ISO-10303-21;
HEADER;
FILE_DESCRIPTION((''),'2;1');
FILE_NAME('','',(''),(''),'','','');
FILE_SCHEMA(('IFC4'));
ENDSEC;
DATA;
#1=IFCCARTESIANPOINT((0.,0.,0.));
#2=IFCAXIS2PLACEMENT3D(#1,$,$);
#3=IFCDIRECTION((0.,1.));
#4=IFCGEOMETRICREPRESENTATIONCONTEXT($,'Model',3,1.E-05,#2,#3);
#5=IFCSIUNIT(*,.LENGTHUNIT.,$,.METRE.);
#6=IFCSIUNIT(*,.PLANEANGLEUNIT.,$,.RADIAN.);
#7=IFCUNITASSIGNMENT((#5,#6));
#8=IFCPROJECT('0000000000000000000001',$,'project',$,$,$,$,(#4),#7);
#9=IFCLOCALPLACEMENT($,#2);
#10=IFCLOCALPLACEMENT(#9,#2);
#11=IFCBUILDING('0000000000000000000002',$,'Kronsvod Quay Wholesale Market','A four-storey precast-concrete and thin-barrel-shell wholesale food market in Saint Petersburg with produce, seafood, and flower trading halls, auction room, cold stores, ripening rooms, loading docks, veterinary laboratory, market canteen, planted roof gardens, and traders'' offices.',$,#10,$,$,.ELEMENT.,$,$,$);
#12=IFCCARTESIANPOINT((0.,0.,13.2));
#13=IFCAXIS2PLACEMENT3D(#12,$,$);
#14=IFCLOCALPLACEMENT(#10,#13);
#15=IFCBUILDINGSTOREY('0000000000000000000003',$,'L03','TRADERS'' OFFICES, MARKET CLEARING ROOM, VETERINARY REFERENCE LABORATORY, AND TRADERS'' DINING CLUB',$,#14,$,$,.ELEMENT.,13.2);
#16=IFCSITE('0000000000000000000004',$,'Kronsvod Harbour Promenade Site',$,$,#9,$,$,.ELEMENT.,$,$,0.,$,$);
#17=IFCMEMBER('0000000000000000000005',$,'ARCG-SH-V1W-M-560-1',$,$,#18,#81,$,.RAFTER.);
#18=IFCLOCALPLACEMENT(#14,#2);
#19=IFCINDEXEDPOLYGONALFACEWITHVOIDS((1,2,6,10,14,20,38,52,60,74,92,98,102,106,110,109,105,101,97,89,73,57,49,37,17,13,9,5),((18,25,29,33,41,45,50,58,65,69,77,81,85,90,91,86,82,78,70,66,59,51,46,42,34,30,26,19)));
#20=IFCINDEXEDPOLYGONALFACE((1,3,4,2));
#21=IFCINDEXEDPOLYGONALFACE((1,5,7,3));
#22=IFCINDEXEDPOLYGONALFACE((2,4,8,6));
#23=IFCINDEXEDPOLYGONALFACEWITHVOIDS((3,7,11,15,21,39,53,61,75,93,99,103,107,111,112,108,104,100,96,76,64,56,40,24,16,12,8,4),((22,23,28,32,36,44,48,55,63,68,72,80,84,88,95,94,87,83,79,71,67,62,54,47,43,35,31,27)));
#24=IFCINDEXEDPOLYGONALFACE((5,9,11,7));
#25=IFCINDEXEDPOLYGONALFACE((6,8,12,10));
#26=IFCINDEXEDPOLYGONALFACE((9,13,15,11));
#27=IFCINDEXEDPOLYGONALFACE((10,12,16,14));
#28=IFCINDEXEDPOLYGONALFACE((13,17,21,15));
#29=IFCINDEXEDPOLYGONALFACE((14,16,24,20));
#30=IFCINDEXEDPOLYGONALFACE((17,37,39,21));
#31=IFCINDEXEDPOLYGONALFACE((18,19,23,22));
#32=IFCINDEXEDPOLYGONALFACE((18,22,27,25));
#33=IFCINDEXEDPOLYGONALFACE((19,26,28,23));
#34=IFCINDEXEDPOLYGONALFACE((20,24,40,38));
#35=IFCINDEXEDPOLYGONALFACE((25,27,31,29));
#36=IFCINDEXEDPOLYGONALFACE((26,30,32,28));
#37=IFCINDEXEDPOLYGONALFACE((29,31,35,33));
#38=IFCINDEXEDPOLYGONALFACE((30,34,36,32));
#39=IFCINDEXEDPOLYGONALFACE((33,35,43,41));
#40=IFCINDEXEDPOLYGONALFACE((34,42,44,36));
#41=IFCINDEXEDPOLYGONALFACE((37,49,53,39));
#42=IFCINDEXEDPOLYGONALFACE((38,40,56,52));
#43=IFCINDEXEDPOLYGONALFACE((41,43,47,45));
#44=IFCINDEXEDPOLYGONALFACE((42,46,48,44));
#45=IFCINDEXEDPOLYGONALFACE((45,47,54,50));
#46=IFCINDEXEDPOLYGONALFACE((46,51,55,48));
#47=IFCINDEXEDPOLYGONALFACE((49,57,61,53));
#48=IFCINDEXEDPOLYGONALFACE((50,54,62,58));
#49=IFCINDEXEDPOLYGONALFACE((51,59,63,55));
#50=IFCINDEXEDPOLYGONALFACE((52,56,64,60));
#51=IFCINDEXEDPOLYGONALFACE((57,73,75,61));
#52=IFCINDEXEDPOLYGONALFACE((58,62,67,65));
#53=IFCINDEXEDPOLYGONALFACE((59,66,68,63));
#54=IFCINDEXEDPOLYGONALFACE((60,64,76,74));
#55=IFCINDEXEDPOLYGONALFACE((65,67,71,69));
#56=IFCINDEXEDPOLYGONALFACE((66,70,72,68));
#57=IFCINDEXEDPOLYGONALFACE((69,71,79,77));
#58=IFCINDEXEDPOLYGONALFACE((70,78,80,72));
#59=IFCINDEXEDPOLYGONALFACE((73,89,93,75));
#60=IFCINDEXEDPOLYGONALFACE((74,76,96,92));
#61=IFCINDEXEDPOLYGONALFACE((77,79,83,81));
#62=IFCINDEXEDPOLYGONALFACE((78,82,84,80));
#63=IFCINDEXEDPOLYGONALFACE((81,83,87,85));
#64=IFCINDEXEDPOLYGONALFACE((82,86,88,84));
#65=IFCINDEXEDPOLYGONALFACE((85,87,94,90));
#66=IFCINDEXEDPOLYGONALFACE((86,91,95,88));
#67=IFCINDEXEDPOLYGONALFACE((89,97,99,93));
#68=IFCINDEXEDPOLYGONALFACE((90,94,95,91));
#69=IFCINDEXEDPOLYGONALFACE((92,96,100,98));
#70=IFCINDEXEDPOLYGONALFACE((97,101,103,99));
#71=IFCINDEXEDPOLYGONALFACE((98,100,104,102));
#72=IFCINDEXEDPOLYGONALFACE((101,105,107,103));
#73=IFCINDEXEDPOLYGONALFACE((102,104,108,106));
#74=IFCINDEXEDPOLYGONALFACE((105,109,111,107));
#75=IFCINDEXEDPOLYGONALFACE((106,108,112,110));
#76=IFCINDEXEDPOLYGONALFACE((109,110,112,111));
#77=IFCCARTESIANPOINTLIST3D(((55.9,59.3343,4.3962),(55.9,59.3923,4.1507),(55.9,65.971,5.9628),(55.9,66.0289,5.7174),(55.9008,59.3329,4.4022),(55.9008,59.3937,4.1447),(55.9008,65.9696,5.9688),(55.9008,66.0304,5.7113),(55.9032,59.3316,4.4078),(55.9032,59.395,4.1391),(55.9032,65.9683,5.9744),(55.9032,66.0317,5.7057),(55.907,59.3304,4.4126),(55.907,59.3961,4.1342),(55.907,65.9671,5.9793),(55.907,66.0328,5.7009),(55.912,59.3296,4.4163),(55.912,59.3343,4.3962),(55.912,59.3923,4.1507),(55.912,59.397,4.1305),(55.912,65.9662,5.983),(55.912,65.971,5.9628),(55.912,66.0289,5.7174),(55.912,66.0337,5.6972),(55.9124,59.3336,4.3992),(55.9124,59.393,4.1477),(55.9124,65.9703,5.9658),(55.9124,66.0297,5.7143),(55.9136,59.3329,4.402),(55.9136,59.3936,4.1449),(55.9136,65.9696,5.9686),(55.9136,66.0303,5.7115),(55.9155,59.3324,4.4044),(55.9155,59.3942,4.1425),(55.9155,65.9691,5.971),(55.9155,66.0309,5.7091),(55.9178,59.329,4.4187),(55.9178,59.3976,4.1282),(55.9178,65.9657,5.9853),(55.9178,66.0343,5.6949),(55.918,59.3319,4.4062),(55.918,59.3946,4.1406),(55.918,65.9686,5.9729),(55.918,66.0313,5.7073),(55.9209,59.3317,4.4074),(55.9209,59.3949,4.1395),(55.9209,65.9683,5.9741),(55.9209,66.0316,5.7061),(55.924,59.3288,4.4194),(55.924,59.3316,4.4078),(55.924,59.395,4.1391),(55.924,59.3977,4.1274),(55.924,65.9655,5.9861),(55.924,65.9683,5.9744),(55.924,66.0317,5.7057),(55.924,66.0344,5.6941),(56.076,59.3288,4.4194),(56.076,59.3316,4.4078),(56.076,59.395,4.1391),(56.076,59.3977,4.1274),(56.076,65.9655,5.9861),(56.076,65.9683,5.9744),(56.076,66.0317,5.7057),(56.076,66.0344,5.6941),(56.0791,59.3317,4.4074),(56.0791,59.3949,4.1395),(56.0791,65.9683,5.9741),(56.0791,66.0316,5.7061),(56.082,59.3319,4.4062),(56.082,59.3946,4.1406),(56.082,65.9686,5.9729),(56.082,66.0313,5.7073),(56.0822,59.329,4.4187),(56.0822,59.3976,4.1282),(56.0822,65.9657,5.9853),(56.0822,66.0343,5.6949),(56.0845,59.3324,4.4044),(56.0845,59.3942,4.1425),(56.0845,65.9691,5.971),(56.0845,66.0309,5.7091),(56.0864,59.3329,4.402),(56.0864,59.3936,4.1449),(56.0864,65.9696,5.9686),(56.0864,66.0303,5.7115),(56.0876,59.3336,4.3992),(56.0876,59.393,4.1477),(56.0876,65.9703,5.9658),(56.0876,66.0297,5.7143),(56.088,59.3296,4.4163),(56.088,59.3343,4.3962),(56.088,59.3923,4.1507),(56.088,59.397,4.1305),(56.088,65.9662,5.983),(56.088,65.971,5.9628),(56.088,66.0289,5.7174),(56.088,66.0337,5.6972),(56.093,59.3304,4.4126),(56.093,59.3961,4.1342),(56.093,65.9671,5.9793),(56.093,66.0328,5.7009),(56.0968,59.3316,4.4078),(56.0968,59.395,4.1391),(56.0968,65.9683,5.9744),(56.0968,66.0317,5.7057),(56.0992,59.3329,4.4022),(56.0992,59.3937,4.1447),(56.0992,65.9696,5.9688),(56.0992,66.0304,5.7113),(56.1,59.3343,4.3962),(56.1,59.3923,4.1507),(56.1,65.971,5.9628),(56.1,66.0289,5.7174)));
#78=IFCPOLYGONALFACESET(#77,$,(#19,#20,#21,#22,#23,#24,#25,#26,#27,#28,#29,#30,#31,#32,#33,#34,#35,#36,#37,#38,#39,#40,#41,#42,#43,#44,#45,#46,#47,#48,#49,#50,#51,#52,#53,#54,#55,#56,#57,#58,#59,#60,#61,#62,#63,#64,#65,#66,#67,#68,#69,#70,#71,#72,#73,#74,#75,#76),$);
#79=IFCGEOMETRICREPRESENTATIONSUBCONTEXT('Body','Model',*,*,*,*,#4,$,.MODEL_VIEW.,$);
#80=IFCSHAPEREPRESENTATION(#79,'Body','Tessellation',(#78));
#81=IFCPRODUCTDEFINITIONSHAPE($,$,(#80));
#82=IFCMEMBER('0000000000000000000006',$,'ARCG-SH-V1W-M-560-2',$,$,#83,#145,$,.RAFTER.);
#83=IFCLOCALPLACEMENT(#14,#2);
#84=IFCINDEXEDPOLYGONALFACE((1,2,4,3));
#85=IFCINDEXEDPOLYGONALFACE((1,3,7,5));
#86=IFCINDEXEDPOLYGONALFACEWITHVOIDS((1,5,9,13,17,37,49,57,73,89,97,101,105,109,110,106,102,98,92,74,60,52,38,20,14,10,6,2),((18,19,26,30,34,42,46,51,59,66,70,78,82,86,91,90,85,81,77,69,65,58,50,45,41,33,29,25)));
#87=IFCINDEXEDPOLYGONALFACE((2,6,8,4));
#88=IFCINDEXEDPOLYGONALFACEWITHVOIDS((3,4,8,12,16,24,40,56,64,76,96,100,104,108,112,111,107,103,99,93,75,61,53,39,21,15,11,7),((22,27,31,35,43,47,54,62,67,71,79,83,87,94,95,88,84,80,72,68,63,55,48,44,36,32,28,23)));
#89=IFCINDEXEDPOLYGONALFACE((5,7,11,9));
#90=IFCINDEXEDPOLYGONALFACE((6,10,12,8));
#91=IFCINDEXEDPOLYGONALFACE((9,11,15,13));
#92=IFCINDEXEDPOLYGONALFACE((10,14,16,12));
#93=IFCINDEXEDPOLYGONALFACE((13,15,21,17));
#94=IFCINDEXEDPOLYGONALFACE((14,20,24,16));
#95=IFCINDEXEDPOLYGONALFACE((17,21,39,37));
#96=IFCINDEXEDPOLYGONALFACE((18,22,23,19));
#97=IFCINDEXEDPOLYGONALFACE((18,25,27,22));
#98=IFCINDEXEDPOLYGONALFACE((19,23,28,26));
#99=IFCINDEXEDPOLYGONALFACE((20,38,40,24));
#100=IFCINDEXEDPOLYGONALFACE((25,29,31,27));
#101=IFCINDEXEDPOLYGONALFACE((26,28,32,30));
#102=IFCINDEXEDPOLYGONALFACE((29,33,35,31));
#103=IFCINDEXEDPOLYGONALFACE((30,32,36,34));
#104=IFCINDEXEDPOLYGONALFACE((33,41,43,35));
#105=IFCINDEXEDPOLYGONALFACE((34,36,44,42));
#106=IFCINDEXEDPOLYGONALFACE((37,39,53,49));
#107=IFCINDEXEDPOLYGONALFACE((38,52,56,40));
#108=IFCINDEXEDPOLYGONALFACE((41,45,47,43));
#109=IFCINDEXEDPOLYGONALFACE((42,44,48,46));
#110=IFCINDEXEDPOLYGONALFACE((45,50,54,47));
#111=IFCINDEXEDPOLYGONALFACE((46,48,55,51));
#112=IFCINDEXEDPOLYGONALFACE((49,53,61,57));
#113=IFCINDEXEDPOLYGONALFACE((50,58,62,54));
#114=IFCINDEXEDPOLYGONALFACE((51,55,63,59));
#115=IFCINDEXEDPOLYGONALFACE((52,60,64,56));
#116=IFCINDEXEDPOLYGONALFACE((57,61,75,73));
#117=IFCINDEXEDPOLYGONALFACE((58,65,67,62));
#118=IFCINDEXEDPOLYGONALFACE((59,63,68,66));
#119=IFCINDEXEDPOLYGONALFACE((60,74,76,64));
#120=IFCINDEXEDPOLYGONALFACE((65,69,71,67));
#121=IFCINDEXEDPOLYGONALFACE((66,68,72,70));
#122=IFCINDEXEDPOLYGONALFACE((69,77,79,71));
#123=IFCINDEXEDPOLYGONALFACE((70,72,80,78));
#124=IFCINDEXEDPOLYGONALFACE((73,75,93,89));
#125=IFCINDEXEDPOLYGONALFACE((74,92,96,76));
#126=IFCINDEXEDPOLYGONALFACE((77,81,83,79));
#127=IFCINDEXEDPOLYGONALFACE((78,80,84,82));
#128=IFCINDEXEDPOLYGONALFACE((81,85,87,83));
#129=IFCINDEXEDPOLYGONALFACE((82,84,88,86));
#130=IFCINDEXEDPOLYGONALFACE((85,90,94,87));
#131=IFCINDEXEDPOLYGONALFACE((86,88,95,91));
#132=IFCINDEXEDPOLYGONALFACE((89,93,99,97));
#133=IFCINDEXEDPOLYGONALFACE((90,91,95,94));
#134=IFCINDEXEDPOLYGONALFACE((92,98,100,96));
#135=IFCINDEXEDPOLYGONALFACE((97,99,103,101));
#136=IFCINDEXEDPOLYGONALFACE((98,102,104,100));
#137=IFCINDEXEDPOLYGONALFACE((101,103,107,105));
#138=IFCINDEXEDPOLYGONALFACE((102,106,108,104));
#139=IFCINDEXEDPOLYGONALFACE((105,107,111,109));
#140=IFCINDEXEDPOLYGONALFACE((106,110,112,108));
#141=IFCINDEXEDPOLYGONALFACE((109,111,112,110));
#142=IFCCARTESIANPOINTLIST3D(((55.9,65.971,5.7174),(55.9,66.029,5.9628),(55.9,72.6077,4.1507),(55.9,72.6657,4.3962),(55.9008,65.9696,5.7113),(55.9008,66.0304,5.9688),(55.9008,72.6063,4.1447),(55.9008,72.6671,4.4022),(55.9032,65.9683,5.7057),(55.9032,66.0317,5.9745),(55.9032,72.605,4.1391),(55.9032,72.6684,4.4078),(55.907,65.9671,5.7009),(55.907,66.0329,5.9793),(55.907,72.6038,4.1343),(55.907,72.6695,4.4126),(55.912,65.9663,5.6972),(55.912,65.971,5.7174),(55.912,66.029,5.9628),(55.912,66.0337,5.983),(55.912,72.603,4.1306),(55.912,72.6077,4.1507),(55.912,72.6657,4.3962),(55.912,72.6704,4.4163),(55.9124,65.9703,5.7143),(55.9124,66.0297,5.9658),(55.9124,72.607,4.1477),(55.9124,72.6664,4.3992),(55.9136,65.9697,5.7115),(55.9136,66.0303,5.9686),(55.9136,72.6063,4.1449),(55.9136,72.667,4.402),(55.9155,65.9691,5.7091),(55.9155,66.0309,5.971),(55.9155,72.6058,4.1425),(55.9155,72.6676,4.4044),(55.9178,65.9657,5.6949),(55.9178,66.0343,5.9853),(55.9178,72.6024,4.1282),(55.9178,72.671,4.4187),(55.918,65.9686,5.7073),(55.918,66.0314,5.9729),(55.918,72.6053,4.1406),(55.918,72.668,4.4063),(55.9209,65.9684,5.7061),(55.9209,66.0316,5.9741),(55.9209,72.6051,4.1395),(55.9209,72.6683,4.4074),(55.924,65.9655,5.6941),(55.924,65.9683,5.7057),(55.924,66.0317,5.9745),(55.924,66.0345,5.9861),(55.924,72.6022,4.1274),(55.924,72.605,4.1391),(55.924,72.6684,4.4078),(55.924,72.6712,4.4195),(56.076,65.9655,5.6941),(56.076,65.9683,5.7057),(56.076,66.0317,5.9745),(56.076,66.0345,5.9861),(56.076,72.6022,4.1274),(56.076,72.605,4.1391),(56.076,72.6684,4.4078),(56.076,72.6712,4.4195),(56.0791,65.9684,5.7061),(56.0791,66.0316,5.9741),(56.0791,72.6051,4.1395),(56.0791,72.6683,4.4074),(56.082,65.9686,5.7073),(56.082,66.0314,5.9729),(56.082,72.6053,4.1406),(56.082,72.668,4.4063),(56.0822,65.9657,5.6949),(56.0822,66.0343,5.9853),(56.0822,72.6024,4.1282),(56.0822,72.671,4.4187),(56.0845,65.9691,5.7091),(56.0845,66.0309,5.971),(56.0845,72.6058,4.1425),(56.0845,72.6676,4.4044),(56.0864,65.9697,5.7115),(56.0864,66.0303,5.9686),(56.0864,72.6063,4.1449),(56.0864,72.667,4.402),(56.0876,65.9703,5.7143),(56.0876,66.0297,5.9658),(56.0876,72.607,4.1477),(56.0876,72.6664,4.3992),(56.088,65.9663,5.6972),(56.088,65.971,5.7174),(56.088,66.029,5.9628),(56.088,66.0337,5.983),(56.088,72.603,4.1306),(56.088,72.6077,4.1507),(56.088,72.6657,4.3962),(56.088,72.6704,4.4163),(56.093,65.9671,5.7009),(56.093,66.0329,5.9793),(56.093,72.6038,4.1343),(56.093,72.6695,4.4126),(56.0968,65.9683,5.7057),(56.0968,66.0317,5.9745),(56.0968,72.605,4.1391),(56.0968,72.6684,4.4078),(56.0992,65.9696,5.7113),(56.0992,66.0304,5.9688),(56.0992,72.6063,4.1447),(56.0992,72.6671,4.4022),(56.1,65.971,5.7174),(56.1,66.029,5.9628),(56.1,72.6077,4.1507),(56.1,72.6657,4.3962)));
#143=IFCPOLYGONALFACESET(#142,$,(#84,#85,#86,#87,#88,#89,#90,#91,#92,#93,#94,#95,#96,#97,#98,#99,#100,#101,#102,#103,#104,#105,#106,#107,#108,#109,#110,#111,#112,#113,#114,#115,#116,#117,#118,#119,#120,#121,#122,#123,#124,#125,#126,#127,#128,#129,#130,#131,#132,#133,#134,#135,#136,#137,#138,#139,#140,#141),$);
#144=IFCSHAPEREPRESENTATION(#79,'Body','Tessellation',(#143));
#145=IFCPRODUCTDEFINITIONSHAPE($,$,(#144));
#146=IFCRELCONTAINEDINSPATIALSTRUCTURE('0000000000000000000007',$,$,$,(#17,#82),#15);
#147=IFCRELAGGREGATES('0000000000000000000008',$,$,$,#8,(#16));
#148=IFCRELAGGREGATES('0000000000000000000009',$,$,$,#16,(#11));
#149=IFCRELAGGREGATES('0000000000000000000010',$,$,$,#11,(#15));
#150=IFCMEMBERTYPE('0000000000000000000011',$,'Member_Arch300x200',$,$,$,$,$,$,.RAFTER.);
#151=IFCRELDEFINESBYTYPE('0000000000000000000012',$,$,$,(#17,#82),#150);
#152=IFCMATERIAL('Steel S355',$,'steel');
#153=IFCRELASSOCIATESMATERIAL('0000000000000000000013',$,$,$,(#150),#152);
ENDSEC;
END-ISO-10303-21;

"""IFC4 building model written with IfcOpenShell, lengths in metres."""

from ifc_helpers import new_model, si_unit, direction, frame, origin, origin_2d, place, context, subcontext, project, spatial, hollow_rectangle, extrude, material, material_profile, profile_set, type_object, element, save


model = new_model("IFC4")

# Units and contexts
model_context = context("Model", 3, precision=1e-05, world=origin(), true_north=direction((0.0, 1.0)))
body_context = subcontext(model_context, "Body", "Model", "MODEL_VIEW")
ifc_project = project(units=[si_unit("LENGTHUNIT", "METRE"), si_unit("PLANEANGLEUNIT", "RADIAN")], contexts=[model_context])

# Site, building, storey
site_placement = place(None, origin())
site = spatial("IfcSite", under=ifc_project, at=site_placement, Name="Kronsvod Harbour Promenade Site", CompositionType="ELEMENT", RefElevation=0.0)
building_placement = place(site_placement, origin())
building = spatial("IfcBuilding", under=site, at=building_placement, Name="Kronsvod Quay Wholesale Market", Description="A four-storey precast-concrete and thin-barrel-shell wholesale food market in Saint Petersburg with produce, seafood, and flower trading halls, auction room, cold stores, ripening rooms, loading docks, veterinary laboratory, market canteen, planted roof gardens, and traders' offices.", CompositionType="ELEMENT")
storey_placement = place(building_placement, frame((0.0, 0.0, 13.2)))
storey = spatial("IfcBuildingStorey", under=building, at=storey_placement, Name="L03", Description="TRADERS' OFFICES, MARKET CLEARING ROOM, VETERINARY REFERENCE LABORATORY, AND TRADERS' DINING CLUB", CompositionType="ELEMENT", Elevation=13.2)

# Members
ifc_material_1 = material(Name="Steel S355", Category="steel")
ifc_material_profile_1 = material_profile(ifc_material_1, hollow_rectangle(XDim=0.2, YDim=0.3, WallThickness=0.012, InnerFilletRadius=0.012, OuterFilletRadius=0.0239, at=origin_2d()), Name="RHS300x200x12")
ifc_profile_set_1 = profile_set([ifc_material_profile_1], Name="Steel S355")
member_type_1 = type_object("IfcMemberType", Name="Member_Arch300x200", PredefinedType="RAFTER", material=ifc_profile_set_1)
for number, where, z_axis, x_axis, name in (
    (1, (56.0, 59.3633, 4.2734), (0.0, 0.973251, 0.229744), (-1.0, 0.0, 0.0), "ARCG-SH-V1W-M-560-1"),
    (2, (56.0, 66.0, 5.8401), (0.0, 0.973251, -0.229744), (-1.0, 0.0, 0.0), "ARCG-SH-V1W-M-560-2"),
):
    element("IfcMember", number, at=place(storey_placement, frame(where, z_axis=z_axis, x_axis=x_axis)), inside=storey, type_object=member_type_1, Name=name, PredefinedType="RAFTER", context=body_context, shape_type="SweptSolid", body=[
        extrude(hollow_rectangle(XDim=0.2, YDim=0.3, WallThickness=0.012, InnerFilletRadius=0.012, OuterFilletRadius=0.0239, at=origin_2d()), origin(), (0.0, 0.0, 1.0), 6.8191),
    ])

save(model, "model.ifc")
